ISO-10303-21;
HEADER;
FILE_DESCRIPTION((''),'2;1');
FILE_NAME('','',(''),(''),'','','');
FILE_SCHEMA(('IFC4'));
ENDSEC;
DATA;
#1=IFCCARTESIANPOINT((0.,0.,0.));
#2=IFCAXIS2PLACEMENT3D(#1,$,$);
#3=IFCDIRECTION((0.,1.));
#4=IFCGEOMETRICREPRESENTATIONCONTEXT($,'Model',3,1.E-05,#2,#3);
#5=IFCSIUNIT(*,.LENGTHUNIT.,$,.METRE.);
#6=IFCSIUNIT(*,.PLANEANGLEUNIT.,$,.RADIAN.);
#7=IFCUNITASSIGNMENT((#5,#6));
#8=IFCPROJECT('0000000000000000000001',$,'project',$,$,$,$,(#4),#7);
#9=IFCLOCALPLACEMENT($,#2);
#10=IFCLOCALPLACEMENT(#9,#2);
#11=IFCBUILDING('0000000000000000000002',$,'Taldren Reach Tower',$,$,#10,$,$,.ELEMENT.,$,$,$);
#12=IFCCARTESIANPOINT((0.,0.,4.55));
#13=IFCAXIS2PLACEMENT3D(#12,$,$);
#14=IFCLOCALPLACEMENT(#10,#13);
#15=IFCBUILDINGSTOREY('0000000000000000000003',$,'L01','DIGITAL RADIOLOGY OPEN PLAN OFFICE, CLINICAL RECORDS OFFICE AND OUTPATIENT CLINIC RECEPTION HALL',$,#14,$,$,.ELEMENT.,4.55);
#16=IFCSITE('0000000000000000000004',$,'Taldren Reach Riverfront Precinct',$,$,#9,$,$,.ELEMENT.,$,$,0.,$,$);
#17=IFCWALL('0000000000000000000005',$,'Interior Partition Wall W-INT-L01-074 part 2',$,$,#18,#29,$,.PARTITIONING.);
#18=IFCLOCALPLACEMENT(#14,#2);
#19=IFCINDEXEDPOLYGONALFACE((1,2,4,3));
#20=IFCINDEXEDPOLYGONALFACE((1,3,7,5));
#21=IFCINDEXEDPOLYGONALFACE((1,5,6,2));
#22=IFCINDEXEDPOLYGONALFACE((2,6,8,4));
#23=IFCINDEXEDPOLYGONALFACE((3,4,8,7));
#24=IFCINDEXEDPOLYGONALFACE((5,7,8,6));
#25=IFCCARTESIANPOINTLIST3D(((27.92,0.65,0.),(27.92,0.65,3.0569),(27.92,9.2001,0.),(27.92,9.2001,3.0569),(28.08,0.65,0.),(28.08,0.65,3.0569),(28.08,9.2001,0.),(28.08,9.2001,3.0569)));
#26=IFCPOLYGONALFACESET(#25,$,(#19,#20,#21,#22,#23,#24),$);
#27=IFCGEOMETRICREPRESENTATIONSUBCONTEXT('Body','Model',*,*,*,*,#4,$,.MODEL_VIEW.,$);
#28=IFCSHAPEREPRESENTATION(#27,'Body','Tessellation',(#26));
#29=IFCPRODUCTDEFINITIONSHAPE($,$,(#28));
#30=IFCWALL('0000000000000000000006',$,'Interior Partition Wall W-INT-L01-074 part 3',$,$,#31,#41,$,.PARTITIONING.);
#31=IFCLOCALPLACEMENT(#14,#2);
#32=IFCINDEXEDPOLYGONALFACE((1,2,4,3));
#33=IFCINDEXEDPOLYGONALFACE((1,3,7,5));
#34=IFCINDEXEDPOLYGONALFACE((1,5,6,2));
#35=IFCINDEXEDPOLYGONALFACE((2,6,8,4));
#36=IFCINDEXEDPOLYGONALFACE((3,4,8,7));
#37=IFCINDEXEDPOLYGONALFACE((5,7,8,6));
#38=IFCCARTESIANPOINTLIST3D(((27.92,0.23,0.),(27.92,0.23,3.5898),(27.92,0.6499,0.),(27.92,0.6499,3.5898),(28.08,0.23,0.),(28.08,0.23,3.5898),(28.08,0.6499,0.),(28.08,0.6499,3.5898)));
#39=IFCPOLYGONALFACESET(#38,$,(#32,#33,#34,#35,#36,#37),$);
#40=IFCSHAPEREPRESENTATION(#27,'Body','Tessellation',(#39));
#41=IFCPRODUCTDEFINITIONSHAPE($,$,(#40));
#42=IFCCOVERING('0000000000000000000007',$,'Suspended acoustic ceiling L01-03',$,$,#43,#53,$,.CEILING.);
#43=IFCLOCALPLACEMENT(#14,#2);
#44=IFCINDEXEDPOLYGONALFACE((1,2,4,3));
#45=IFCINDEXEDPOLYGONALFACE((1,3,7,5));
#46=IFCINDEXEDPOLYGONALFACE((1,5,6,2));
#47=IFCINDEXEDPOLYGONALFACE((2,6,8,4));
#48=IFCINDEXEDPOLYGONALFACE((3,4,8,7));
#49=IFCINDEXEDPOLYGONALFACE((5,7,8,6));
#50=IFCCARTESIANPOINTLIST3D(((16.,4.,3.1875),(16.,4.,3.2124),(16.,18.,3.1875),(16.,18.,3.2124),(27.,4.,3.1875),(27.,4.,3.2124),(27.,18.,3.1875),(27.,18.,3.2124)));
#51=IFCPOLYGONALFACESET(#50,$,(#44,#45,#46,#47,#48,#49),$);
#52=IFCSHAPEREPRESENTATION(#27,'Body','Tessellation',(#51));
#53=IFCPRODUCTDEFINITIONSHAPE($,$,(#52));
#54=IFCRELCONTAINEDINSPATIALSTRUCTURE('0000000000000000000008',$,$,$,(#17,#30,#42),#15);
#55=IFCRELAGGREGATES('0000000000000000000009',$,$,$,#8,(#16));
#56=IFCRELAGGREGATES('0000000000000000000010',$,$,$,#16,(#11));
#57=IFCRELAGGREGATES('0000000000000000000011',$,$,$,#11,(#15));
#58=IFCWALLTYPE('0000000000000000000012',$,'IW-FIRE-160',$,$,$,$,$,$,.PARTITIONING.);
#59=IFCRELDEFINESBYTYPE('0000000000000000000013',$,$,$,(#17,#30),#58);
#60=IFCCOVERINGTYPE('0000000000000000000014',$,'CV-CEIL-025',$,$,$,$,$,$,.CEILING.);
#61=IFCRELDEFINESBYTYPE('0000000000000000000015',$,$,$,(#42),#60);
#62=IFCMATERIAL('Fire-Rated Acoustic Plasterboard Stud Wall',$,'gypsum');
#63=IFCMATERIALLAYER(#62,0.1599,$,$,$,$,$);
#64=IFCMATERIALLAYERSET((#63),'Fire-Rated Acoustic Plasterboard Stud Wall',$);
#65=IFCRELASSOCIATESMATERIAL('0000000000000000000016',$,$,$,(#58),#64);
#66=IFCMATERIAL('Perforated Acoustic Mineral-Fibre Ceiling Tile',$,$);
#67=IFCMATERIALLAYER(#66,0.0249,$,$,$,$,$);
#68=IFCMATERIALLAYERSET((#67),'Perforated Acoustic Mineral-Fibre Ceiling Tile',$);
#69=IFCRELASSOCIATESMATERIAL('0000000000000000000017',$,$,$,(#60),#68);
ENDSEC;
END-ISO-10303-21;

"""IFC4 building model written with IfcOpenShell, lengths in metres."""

from ifc_helpers import new_model, si_unit, direction, frame, frame_2d, origin, origin_2d, place, context, subcontext, project, spatial, rectangle, extrude, source, transform, mapped, material, layer, layer_set, type_object, element, save


model = new_model("IFC4")

# Units and contexts
model_context = context("Model", 3, precision=1e-05, world=origin(), true_north=direction((0.0, 1.0)))
body_context = subcontext(model_context, "Body", "Model", "MODEL_VIEW")
ifc_project = project(units=[si_unit("LENGTHUNIT", "METRE"), si_unit("PLANEANGLEUNIT", "RADIAN")], contexts=[model_context])

# Site, building, storey
site_placement = place(None, origin())
site = spatial("IfcSite", under=ifc_project, at=site_placement, Name="Taldren Reach Riverfront Precinct", CompositionType="ELEMENT", RefElevation=0.0)
building_placement = place(site_placement, origin())
building = spatial("IfcBuilding", under=site, at=building_placement, Name="Taldren Reach Tower", CompositionType="ELEMENT")
storey_placement = place(building_placement, frame((0.0, 0.0, 4.55)))
storey = spatial("IfcBuildingStorey", under=building, at=storey_placement, Name="L01", Description="DIGITAL RADIOLOGY OPEN PLAN OFFICE, CLINICAL RECORDS OFFICE AND OUTPATIENT CLINIC RECEPTION HALL", CompositionType="ELEMENT", Elevation=4.55)

# Walls
ifc_material_1 = material(Name="Fire-Rated Acoustic Plasterboard Stud Wall", Category="gypsum")
ifc_layer_1 = layer(ifc_material_1, 0.1599)
ifc_layer_set_1 = layer_set([ifc_layer_1], Name="Fire-Rated Acoustic Plasterboard Stud Wall")
wall_type = type_object("IfcWallType", Name="IW-FIRE-160", PredefinedType="PARTITIONING", material=ifc_layer_set_1)
shared_shape_1 = source(origin(), body_context, "Body", "SweptSolid", [
    extrude(rectangle(XDim=8.55, YDim=0.1599, at=frame_2d((4.2749, 0.0))), origin(), (0.0, 0.0, 1.0), 3.0569),
])
wall_1_placement = place(storey_placement, frame((28.0, 9.2, 0.0), z_axis=(0.0, 0.0, 1.0), x_axis=(0.0, -1.0, 0.0)))
element("IfcWall", 1, at=wall_1_placement, inside=storey, type_object=wall_type, Name="Interior Partition Wall W-INT-L01-074 part 2", PredefinedType="PARTITIONING", context=body_context, shape_type="MappedRepresentation", body=[
    mapped(shared_shape_1, transform((0.0, 0.0, 0.0), scale=1.0)),
])
shared_shape_2 = source(origin(), body_context, "Body", "SweptSolid", [
    extrude(rectangle(XDim=0.4199, YDim=0.1599, at=frame_2d((0.21, 0.0))), origin(), (0.0, 0.0, 1.0), 3.5898),
])
wall_2_placement = place(storey_placement, frame((28.0, 0.6499, 0.0), z_axis=(0.0, 0.0, 1.0), x_axis=(0.0, -1.0, 0.0)))
element("IfcWall", 2, at=wall_2_placement, inside=storey, type_object=wall_type, Name="Interior Partition Wall W-INT-L01-074 part 3", PredefinedType="PARTITIONING", context=body_context, shape_type="MappedRepresentation", body=[
    mapped(shared_shape_2, transform((0.0, 0.0, 0.0), scale=1.0)),
])

# Covering
ifc_material_2 = material(Name="Perforated Acoustic Mineral-Fibre Ceiling Tile")
ifc_layer_2 = layer(ifc_material_2, 0.0249)
ifc_layer_set_2 = layer_set([ifc_layer_2], Name="Perforated Acoustic Mineral-Fibre Ceiling Tile")
covering_type = type_object("IfcCoveringType", Name="CV-CEIL-025", PredefinedType="CEILING", material=ifc_layer_set_2)
shared_shape_3 = source(origin(), body_context, "Body", "SweptSolid", [
    extrude(rectangle(XDim=11.0, YDim=14.0, at=origin_2d()), origin(), (0.0, 0.0, 1.0), 0.0249),
])
covering_placement = place(storey_placement, frame((21.5, 11.0, 3.1875), z_axis=(0.0, 0.0, 1.0), x_axis=(1.0, 0.0, 0.0)))
element("IfcCovering", 3, at=covering_placement, inside=storey, type_object=covering_type, Name="Suspended acoustic ceiling L01-03", PredefinedType="CEILING", context=body_context, shape_type="MappedRepresentation", body=[
    mapped(shared_shape_3, transform((0.0, 0.0, 0.0), scale=1.0)),
])

save(model, "model.ifc")
